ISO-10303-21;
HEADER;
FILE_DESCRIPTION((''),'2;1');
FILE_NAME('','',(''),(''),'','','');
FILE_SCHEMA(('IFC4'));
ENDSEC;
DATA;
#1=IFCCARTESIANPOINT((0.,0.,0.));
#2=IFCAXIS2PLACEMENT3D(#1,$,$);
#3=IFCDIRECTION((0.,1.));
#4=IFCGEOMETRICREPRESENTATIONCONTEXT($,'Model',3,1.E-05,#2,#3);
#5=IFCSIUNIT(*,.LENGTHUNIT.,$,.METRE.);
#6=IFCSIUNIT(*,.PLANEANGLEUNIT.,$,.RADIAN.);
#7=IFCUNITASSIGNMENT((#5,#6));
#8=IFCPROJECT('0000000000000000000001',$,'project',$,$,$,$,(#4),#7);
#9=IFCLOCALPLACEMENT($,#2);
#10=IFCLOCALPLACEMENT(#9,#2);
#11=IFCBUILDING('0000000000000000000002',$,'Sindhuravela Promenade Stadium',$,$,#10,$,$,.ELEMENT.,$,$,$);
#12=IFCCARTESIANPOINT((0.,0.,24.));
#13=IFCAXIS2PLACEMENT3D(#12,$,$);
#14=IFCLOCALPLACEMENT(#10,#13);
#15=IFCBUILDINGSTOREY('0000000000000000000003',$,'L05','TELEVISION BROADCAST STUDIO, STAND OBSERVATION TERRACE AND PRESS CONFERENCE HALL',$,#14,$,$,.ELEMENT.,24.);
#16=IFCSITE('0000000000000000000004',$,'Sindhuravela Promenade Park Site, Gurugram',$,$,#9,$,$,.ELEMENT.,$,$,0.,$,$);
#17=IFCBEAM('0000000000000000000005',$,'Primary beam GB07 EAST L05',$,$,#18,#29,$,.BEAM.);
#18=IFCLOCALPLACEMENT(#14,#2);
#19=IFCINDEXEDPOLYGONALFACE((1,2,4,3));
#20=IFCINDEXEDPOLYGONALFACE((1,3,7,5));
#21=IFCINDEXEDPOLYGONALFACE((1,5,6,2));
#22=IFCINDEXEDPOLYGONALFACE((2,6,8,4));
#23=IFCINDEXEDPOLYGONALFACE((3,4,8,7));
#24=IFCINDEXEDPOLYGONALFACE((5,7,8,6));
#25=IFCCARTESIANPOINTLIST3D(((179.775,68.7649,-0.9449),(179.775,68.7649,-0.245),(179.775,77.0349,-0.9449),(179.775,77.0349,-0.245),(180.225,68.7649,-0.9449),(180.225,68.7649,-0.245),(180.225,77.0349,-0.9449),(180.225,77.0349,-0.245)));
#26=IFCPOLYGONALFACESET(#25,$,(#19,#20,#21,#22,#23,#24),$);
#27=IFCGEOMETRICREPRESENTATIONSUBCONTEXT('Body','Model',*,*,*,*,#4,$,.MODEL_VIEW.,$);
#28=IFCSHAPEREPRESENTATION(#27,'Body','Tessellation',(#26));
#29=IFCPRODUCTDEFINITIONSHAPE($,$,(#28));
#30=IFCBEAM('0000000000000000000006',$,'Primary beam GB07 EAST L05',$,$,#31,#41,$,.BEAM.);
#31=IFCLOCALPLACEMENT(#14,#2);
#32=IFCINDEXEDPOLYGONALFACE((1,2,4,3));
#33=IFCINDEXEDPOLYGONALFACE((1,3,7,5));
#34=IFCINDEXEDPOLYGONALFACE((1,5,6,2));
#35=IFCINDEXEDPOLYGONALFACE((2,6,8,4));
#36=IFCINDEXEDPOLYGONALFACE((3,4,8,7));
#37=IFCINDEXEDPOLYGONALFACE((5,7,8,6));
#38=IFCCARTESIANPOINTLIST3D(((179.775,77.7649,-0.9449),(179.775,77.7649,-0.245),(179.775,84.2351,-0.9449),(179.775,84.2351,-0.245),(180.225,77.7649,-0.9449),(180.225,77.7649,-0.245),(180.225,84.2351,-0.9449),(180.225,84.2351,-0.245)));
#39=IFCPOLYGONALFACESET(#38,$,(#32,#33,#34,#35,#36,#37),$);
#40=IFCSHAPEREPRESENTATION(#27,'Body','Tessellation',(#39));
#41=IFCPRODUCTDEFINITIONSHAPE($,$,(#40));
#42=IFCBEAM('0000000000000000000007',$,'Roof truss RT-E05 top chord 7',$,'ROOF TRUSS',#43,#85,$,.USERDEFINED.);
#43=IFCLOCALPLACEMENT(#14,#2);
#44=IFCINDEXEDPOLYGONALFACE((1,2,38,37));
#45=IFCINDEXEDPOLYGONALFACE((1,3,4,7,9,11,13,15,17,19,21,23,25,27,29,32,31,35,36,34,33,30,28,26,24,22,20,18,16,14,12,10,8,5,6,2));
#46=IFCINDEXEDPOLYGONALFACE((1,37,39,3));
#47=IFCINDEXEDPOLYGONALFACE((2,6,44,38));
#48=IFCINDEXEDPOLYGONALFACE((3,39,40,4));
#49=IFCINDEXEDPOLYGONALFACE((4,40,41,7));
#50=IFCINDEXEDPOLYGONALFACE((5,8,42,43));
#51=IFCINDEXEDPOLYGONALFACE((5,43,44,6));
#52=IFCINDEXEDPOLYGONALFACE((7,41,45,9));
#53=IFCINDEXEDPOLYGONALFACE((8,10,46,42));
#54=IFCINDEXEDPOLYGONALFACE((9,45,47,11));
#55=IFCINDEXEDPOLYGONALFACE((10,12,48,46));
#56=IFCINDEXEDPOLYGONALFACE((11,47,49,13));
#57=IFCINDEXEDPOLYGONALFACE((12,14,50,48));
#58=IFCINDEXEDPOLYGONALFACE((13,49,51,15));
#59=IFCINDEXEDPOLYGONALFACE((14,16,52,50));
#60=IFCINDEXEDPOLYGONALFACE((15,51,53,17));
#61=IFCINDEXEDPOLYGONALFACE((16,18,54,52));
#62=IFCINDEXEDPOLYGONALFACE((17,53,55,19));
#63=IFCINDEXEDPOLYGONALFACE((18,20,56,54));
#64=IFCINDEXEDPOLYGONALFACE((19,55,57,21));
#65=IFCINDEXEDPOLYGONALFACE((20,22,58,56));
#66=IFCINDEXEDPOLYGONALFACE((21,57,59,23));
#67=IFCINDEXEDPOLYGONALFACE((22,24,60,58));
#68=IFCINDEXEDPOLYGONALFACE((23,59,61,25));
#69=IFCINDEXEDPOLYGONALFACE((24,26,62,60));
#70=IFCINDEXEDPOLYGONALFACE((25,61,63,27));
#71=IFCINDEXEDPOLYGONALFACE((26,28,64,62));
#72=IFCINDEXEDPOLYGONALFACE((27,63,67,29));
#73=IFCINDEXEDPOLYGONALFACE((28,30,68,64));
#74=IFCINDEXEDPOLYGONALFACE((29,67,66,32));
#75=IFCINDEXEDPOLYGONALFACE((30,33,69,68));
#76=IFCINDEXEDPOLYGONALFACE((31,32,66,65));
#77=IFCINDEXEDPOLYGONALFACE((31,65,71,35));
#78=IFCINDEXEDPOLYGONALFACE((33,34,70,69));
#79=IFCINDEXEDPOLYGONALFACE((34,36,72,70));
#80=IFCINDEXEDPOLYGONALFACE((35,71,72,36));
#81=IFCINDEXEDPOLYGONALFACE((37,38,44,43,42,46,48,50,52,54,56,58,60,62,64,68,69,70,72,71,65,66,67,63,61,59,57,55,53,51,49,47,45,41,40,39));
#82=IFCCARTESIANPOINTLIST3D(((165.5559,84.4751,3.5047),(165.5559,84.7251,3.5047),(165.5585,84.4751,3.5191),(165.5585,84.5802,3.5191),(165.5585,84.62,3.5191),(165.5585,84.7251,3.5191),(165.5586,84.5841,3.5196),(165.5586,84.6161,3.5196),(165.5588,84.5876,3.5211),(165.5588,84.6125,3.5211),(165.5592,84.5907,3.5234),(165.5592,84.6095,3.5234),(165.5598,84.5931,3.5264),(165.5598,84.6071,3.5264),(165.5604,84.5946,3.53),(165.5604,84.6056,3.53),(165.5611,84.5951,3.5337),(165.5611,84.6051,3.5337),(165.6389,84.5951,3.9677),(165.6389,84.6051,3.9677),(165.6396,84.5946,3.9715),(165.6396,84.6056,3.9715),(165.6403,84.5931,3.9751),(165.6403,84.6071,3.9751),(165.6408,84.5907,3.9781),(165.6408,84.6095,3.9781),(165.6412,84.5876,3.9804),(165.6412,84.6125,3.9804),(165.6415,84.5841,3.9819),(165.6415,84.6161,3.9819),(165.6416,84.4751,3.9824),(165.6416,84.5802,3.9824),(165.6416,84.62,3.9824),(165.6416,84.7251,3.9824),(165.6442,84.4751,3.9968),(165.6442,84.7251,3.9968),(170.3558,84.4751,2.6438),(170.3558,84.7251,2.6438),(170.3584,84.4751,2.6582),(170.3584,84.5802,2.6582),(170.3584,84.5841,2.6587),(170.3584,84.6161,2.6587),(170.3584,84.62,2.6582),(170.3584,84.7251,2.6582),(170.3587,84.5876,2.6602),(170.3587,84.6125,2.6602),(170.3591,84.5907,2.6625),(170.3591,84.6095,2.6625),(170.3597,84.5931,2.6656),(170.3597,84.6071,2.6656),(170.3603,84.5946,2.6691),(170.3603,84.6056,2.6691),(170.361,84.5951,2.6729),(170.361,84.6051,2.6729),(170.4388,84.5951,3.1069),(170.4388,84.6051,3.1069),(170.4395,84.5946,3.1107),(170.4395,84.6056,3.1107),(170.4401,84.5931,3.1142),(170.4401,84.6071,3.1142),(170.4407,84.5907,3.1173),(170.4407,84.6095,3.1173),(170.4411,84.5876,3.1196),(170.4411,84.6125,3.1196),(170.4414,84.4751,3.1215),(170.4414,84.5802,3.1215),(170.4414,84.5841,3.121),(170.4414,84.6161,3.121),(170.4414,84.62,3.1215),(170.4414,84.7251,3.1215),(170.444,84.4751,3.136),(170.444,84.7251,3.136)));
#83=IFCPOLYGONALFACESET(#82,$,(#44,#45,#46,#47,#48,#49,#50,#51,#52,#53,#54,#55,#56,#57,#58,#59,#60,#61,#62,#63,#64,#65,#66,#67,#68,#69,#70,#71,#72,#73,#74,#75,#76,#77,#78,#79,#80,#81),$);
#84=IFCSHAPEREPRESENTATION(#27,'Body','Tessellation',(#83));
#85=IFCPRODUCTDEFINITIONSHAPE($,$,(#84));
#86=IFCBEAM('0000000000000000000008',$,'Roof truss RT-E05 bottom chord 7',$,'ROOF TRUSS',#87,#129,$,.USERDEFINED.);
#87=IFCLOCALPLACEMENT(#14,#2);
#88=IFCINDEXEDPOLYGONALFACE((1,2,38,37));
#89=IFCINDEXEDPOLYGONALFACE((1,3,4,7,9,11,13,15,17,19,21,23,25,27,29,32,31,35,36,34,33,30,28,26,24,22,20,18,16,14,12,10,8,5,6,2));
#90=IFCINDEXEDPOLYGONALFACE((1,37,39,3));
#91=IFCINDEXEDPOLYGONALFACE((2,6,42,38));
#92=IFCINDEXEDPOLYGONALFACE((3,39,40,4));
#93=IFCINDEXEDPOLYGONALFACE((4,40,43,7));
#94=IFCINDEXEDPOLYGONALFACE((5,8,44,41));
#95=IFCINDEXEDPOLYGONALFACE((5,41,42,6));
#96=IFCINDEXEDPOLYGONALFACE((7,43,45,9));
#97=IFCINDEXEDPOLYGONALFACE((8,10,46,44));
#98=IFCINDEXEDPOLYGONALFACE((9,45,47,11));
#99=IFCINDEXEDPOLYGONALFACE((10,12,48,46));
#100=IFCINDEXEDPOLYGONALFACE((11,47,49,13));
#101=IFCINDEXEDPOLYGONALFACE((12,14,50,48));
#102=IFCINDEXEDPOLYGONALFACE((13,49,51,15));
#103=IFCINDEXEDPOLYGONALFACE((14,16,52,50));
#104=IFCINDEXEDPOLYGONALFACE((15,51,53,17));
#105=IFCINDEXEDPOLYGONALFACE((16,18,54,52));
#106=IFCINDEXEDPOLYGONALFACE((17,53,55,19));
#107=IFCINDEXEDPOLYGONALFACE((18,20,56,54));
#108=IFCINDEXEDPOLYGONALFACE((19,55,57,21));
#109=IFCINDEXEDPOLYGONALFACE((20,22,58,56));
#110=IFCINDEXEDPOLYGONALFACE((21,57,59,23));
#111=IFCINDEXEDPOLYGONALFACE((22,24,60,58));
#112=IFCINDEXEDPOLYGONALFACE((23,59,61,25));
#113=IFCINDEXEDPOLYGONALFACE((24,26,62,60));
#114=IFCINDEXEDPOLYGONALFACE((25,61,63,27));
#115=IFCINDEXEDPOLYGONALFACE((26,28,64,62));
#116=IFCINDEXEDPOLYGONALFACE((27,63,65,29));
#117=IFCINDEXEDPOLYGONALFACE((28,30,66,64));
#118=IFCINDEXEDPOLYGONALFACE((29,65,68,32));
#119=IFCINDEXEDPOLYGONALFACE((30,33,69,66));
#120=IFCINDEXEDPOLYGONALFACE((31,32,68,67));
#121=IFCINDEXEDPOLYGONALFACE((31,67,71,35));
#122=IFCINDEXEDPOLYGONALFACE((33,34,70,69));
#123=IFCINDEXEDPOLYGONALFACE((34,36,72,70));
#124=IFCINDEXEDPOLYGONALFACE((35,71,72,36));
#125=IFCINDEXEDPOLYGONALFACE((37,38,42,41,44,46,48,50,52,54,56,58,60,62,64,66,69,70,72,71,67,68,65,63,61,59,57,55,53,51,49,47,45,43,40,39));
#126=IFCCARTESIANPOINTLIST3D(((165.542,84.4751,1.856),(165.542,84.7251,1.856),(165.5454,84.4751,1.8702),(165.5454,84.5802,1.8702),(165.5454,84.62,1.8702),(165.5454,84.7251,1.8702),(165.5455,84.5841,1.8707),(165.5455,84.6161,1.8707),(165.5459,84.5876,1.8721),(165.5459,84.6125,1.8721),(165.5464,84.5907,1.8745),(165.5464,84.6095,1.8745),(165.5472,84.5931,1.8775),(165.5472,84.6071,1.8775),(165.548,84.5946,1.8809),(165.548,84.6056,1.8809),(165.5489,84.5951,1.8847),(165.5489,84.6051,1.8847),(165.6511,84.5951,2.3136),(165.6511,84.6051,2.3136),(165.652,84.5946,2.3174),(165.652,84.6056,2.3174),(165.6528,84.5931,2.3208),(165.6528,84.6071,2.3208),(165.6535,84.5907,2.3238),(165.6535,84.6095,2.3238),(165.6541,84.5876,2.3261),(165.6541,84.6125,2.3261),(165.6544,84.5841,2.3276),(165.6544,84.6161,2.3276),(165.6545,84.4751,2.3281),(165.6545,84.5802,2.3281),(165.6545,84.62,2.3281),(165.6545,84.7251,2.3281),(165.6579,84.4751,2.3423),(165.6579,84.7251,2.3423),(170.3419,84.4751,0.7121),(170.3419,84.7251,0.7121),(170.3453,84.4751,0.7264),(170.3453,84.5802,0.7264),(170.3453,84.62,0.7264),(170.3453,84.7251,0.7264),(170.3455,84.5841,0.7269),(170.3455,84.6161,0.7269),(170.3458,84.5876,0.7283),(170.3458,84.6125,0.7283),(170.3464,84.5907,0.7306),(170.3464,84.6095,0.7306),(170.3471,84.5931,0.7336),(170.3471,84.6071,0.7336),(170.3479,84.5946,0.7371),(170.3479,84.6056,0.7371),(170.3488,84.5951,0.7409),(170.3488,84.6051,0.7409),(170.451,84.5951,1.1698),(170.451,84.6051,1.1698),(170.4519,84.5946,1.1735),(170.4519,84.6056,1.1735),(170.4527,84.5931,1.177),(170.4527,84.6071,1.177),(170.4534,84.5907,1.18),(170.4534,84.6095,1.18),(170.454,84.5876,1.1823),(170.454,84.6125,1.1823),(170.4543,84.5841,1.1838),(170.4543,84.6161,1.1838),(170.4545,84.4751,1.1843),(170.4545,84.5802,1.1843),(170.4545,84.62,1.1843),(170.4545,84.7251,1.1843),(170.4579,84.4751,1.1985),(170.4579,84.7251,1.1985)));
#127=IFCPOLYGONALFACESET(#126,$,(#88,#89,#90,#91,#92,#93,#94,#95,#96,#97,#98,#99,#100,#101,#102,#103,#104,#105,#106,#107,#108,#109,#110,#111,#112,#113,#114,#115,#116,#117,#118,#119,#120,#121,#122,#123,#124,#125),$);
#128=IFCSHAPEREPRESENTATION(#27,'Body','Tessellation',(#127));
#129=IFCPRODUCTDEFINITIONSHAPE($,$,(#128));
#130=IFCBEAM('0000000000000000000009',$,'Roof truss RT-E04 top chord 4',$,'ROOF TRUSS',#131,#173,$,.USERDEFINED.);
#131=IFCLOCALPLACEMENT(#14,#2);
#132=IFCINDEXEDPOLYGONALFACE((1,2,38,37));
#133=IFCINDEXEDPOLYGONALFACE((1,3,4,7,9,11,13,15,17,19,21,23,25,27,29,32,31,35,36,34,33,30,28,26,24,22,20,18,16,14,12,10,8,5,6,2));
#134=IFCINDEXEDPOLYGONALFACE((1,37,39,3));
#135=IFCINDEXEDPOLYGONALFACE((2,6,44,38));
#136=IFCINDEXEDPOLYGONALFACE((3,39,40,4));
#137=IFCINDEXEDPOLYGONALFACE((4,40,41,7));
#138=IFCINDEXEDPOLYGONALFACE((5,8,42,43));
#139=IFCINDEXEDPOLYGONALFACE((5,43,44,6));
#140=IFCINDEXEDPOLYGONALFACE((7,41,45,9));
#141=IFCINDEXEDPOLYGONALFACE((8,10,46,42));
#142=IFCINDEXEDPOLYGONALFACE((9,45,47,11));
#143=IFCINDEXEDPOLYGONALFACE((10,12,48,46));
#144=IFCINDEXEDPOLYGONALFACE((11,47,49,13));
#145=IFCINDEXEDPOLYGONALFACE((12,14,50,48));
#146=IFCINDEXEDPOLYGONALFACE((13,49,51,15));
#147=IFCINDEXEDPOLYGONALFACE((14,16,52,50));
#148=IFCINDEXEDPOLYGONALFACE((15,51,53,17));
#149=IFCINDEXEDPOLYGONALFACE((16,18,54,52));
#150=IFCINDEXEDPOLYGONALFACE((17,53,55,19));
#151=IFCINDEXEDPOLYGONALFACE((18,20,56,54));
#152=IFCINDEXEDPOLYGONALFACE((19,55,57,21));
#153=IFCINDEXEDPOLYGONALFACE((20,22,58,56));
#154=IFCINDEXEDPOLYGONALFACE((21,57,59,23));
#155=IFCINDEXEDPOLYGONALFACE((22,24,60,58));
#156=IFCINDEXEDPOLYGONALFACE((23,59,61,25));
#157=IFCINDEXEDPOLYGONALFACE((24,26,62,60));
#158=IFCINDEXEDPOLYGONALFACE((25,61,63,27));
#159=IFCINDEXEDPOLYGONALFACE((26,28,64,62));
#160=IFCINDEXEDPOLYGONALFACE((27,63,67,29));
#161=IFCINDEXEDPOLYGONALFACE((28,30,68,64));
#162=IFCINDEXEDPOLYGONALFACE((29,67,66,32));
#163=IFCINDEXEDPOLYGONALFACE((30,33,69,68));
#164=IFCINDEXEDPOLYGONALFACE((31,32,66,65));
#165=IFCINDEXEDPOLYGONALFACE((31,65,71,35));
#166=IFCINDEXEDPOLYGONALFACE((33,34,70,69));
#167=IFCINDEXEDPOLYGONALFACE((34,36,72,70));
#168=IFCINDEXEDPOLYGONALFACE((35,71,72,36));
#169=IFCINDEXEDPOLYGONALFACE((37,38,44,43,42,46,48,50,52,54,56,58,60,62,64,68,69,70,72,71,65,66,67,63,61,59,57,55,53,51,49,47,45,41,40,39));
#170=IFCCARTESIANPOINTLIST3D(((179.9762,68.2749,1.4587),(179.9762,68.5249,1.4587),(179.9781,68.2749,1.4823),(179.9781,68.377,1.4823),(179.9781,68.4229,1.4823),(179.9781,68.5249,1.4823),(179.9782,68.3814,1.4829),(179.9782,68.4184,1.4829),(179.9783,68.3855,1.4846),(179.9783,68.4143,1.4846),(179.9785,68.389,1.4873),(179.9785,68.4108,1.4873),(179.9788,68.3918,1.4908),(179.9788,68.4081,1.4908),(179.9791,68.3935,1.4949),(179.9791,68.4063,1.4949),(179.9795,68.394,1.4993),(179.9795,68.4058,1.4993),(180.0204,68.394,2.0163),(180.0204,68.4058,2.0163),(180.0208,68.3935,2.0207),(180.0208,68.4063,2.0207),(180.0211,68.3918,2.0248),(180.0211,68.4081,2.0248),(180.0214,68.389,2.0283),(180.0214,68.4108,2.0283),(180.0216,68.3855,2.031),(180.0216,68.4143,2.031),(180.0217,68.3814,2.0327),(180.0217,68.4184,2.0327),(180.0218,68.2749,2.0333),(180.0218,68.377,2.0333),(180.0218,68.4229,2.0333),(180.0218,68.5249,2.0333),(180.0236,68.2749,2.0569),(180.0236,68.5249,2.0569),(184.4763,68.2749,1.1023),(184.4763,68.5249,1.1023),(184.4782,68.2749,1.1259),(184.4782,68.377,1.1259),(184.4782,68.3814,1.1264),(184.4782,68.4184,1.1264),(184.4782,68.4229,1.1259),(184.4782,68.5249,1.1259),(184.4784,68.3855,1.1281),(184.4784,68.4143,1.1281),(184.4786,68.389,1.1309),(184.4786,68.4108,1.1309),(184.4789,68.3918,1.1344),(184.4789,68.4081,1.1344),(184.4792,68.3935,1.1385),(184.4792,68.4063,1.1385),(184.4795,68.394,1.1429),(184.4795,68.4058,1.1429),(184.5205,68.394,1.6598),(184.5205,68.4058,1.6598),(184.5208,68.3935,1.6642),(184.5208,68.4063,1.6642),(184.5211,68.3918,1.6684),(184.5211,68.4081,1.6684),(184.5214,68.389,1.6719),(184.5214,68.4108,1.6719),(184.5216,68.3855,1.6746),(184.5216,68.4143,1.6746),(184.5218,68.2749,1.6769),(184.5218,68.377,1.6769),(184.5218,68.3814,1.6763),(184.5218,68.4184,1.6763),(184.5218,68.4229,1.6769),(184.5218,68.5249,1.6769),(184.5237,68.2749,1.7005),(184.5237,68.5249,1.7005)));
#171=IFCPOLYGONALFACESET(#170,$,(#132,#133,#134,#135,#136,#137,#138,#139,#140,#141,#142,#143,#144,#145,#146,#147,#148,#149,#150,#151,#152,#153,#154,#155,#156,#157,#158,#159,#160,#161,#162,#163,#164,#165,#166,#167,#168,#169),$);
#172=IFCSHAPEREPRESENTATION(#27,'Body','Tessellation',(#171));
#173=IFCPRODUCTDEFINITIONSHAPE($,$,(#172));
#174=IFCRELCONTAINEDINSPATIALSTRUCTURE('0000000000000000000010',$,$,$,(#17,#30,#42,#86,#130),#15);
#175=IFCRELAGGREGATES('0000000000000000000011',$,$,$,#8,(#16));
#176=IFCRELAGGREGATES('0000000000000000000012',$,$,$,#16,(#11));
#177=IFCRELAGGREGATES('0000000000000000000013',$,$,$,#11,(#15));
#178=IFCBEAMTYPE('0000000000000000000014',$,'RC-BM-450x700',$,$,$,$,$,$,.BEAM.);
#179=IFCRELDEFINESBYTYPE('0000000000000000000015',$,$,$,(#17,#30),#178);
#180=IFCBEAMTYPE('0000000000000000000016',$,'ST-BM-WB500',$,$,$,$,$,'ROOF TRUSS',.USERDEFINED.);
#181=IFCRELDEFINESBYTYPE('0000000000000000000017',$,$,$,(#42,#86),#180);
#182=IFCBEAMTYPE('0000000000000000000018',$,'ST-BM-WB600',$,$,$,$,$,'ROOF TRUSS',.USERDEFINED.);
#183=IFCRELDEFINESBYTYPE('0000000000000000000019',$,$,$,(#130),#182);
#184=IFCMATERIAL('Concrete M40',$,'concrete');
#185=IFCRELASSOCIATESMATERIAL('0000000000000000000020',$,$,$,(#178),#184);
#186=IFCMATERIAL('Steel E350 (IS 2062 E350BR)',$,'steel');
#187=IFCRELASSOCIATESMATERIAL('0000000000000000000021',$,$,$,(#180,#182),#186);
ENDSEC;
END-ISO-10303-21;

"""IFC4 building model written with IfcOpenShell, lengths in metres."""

from ifc_helpers import new_model, si_unit, direction, frame, origin, origin_2d, place, context, subcontext, project, spatial, rectangle, i_section, extrude, material, material_profile, profile_set, type_object, element, save


model = new_model("IFC4")

# Units and contexts
model_context = context("Model", 3, precision=1e-05, world=origin(), true_north=direction((0.0, 1.0)))
body_context = subcontext(model_context, "Body", "Model", "MODEL_VIEW")
ifc_project = project(units=[si_unit("LENGTHUNIT", "METRE"), si_unit("PLANEANGLEUNIT", "RADIAN")], contexts=[model_context])

# Site, building, storey
site_placement = place(None, origin())
site = spatial("IfcSite", under=ifc_project, at=site_placement, Name="Sindhuravela Promenade Park Site, Gurugram", CompositionType="ELEMENT", RefElevation=0.0)
building_placement = place(site_placement, origin())
building = spatial("IfcBuilding", under=site, at=building_placement, Name="Sindhuravela Promenade Stadium", CompositionType="ELEMENT")
storey_placement = place(building_placement, frame((0.0, 0.0, 24.0)))
storey = spatial("IfcBuildingStorey", under=building, at=storey_placement, Name="L05", Description="TELEVISION BROADCAST STUDIO, STAND OBSERVATION TERRACE AND PRESS CONFERENCE HALL", CompositionType="ELEMENT", Elevation=24.0)

# Beams
ifc_material_1 = material(Name="Concrete M40", Category="concrete")
ifc_material_profile_1 = material_profile(ifc_material_1, rectangle(XDim=0.45, YDim=0.7, at=origin_2d()), Name="RC 450x700")
ifc_profile_set_1 = profile_set([ifc_material_profile_1], Name="Concrete M40")
beam_type_1 = type_object("IfcBeamType", Name="RC-BM-450x700", PredefinedType="BEAM", material=ifc_profile_set_1)
beam_1_placement = place(storey_placement, frame((180.0, 68.7649, -0.595), z_axis=(0.0, 1.0, 0.0), x_axis=(-1.0, 0.0, 0.0)))
element("IfcBeam", 1, at=beam_1_placement, inside=storey, type_object=beam_type_1, Name="Primary beam GB07 EAST L05", PredefinedType="BEAM", context=body_context, shape_type="SweptSolid", body=[
    extrude(rectangle(XDim=0.45, YDim=0.7, at=origin_2d()), origin(), (0.0, 0.0, 1.0), 8.27),
])
beam_2_placement = place(storey_placement, frame((180.0, 77.7649, -0.595), z_axis=(0.0, 1.0, 0.0), x_axis=(-1.0, 0.0, 0.0)))
element("IfcBeam", 2, at=beam_2_placement, inside=storey, type_object=beam_type_1, Name="Primary beam GB07 EAST L05", PredefinedType="BEAM", context=body_context, shape_type="SweptSolid", body=[
    extrude(rectangle(XDim=0.45, YDim=0.7, at=origin_2d()), origin(), (0.0, 0.0, 1.0), 6.4702),
])
ifc_material_2 = material(Name="Steel E350 (IS 2062 E350BR)", Category="steel")
ifc_material_profile_2 = material_profile(ifc_material_2, i_section(OverallWidth=0.25, OverallDepth=0.5, WebThickness=0.01, FlangeThickness=0.0146, FilletRadius=0.0149, at=origin_2d()), Name="ISWB 500")
ifc_profile_set_2 = profile_set([ifc_material_profile_2], Name="Steel E350 (IS 2062 E350BR)")
beam_type_2 = type_object("IfcBeamType", Name="ST-BM-WB500", ElementType="ROOF TRUSS", PredefinedType="USERDEFINED", material=ifc_profile_set_2)
beam_3_placement = place(storey_placement, frame((170.3999, 84.6001, 2.8899), z_axis=(-0.984295, 0.0, 0.176532), x_axis=(0.0, -1.0, 0.0)))
element("IfcBeam", 3, at=beam_3_placement, inside=storey, type_object=beam_type_2, Name="Roof truss RT-E05 top chord 7", ObjectType="ROOF TRUSS", PredefinedType="USERDEFINED", context=body_context, shape_type="SweptSolid", body=[
    extrude(i_section(OverallWidth=0.25, OverallDepth=0.5, WebThickness=0.01, FlangeThickness=0.0146, FilletRadius=0.0149, at=origin_2d()), origin(), (0.0, 0.0, 1.0), 4.8765),
])
beam_4_placement = place(storey_placement, frame((170.3999, 84.6001, 0.9553), z_axis=(-0.972761, 0.0, 0.23181), x_axis=(0.0, -1.0, 0.0)))
element("IfcBeam", 4, at=beam_4_placement, inside=storey, type_object=beam_type_2, Name="Roof truss RT-E05 bottom chord 7", ObjectType="ROOF TRUSS", PredefinedType="USERDEFINED", context=body_context, shape_type="SweptSolid", body=[
    extrude(i_section(OverallWidth=0.25, OverallDepth=0.5, WebThickness=0.01, FlangeThickness=0.0146, FilletRadius=0.0149, at=origin_2d()), origin(), (0.0, 0.0, 1.0), 4.9343),
])
ifc_material_profile_3 = material_profile(ifc_material_2, i_section(OverallWidth=0.25, OverallDepth=0.6001, WebThickness=0.0117, FlangeThickness=0.0237, FilletRadius=0.0171, at=origin_2d()), Name="ISWB 600")
ifc_profile_set_3 = profile_set([ifc_material_profile_3], Name="Steel E350 (IS 2062 E350BR)")
beam_type_3 = type_object("IfcBeamType", Name="ST-BM-WB600", ElementType="ROOF TRUSS", PredefinedType="USERDEFINED", material=ifc_profile_set_3)
beam_5_placement = place(storey_placement, frame((184.5, 68.3999, 1.4014), z_axis=(-0.996878, 0.0, 0.078963), x_axis=(0.0, -1.0, 0.0)))
element("IfcBeam", 5, at=beam_5_placement, inside=storey, type_object=beam_type_3, Name="Roof truss RT-E04 top chord 4", ObjectType="ROOF TRUSS", PredefinedType="USERDEFINED", context=body_context, shape_type="SweptSolid", body=[
    extrude(i_section(OverallWidth=0.25, OverallDepth=0.6001, WebThickness=0.0117, FlangeThickness=0.0237, FilletRadius=0.0171, at=origin_2d()), origin(), (0.0, 0.0, 1.0), 4.5142),
])

save(model, "model.ifc")
